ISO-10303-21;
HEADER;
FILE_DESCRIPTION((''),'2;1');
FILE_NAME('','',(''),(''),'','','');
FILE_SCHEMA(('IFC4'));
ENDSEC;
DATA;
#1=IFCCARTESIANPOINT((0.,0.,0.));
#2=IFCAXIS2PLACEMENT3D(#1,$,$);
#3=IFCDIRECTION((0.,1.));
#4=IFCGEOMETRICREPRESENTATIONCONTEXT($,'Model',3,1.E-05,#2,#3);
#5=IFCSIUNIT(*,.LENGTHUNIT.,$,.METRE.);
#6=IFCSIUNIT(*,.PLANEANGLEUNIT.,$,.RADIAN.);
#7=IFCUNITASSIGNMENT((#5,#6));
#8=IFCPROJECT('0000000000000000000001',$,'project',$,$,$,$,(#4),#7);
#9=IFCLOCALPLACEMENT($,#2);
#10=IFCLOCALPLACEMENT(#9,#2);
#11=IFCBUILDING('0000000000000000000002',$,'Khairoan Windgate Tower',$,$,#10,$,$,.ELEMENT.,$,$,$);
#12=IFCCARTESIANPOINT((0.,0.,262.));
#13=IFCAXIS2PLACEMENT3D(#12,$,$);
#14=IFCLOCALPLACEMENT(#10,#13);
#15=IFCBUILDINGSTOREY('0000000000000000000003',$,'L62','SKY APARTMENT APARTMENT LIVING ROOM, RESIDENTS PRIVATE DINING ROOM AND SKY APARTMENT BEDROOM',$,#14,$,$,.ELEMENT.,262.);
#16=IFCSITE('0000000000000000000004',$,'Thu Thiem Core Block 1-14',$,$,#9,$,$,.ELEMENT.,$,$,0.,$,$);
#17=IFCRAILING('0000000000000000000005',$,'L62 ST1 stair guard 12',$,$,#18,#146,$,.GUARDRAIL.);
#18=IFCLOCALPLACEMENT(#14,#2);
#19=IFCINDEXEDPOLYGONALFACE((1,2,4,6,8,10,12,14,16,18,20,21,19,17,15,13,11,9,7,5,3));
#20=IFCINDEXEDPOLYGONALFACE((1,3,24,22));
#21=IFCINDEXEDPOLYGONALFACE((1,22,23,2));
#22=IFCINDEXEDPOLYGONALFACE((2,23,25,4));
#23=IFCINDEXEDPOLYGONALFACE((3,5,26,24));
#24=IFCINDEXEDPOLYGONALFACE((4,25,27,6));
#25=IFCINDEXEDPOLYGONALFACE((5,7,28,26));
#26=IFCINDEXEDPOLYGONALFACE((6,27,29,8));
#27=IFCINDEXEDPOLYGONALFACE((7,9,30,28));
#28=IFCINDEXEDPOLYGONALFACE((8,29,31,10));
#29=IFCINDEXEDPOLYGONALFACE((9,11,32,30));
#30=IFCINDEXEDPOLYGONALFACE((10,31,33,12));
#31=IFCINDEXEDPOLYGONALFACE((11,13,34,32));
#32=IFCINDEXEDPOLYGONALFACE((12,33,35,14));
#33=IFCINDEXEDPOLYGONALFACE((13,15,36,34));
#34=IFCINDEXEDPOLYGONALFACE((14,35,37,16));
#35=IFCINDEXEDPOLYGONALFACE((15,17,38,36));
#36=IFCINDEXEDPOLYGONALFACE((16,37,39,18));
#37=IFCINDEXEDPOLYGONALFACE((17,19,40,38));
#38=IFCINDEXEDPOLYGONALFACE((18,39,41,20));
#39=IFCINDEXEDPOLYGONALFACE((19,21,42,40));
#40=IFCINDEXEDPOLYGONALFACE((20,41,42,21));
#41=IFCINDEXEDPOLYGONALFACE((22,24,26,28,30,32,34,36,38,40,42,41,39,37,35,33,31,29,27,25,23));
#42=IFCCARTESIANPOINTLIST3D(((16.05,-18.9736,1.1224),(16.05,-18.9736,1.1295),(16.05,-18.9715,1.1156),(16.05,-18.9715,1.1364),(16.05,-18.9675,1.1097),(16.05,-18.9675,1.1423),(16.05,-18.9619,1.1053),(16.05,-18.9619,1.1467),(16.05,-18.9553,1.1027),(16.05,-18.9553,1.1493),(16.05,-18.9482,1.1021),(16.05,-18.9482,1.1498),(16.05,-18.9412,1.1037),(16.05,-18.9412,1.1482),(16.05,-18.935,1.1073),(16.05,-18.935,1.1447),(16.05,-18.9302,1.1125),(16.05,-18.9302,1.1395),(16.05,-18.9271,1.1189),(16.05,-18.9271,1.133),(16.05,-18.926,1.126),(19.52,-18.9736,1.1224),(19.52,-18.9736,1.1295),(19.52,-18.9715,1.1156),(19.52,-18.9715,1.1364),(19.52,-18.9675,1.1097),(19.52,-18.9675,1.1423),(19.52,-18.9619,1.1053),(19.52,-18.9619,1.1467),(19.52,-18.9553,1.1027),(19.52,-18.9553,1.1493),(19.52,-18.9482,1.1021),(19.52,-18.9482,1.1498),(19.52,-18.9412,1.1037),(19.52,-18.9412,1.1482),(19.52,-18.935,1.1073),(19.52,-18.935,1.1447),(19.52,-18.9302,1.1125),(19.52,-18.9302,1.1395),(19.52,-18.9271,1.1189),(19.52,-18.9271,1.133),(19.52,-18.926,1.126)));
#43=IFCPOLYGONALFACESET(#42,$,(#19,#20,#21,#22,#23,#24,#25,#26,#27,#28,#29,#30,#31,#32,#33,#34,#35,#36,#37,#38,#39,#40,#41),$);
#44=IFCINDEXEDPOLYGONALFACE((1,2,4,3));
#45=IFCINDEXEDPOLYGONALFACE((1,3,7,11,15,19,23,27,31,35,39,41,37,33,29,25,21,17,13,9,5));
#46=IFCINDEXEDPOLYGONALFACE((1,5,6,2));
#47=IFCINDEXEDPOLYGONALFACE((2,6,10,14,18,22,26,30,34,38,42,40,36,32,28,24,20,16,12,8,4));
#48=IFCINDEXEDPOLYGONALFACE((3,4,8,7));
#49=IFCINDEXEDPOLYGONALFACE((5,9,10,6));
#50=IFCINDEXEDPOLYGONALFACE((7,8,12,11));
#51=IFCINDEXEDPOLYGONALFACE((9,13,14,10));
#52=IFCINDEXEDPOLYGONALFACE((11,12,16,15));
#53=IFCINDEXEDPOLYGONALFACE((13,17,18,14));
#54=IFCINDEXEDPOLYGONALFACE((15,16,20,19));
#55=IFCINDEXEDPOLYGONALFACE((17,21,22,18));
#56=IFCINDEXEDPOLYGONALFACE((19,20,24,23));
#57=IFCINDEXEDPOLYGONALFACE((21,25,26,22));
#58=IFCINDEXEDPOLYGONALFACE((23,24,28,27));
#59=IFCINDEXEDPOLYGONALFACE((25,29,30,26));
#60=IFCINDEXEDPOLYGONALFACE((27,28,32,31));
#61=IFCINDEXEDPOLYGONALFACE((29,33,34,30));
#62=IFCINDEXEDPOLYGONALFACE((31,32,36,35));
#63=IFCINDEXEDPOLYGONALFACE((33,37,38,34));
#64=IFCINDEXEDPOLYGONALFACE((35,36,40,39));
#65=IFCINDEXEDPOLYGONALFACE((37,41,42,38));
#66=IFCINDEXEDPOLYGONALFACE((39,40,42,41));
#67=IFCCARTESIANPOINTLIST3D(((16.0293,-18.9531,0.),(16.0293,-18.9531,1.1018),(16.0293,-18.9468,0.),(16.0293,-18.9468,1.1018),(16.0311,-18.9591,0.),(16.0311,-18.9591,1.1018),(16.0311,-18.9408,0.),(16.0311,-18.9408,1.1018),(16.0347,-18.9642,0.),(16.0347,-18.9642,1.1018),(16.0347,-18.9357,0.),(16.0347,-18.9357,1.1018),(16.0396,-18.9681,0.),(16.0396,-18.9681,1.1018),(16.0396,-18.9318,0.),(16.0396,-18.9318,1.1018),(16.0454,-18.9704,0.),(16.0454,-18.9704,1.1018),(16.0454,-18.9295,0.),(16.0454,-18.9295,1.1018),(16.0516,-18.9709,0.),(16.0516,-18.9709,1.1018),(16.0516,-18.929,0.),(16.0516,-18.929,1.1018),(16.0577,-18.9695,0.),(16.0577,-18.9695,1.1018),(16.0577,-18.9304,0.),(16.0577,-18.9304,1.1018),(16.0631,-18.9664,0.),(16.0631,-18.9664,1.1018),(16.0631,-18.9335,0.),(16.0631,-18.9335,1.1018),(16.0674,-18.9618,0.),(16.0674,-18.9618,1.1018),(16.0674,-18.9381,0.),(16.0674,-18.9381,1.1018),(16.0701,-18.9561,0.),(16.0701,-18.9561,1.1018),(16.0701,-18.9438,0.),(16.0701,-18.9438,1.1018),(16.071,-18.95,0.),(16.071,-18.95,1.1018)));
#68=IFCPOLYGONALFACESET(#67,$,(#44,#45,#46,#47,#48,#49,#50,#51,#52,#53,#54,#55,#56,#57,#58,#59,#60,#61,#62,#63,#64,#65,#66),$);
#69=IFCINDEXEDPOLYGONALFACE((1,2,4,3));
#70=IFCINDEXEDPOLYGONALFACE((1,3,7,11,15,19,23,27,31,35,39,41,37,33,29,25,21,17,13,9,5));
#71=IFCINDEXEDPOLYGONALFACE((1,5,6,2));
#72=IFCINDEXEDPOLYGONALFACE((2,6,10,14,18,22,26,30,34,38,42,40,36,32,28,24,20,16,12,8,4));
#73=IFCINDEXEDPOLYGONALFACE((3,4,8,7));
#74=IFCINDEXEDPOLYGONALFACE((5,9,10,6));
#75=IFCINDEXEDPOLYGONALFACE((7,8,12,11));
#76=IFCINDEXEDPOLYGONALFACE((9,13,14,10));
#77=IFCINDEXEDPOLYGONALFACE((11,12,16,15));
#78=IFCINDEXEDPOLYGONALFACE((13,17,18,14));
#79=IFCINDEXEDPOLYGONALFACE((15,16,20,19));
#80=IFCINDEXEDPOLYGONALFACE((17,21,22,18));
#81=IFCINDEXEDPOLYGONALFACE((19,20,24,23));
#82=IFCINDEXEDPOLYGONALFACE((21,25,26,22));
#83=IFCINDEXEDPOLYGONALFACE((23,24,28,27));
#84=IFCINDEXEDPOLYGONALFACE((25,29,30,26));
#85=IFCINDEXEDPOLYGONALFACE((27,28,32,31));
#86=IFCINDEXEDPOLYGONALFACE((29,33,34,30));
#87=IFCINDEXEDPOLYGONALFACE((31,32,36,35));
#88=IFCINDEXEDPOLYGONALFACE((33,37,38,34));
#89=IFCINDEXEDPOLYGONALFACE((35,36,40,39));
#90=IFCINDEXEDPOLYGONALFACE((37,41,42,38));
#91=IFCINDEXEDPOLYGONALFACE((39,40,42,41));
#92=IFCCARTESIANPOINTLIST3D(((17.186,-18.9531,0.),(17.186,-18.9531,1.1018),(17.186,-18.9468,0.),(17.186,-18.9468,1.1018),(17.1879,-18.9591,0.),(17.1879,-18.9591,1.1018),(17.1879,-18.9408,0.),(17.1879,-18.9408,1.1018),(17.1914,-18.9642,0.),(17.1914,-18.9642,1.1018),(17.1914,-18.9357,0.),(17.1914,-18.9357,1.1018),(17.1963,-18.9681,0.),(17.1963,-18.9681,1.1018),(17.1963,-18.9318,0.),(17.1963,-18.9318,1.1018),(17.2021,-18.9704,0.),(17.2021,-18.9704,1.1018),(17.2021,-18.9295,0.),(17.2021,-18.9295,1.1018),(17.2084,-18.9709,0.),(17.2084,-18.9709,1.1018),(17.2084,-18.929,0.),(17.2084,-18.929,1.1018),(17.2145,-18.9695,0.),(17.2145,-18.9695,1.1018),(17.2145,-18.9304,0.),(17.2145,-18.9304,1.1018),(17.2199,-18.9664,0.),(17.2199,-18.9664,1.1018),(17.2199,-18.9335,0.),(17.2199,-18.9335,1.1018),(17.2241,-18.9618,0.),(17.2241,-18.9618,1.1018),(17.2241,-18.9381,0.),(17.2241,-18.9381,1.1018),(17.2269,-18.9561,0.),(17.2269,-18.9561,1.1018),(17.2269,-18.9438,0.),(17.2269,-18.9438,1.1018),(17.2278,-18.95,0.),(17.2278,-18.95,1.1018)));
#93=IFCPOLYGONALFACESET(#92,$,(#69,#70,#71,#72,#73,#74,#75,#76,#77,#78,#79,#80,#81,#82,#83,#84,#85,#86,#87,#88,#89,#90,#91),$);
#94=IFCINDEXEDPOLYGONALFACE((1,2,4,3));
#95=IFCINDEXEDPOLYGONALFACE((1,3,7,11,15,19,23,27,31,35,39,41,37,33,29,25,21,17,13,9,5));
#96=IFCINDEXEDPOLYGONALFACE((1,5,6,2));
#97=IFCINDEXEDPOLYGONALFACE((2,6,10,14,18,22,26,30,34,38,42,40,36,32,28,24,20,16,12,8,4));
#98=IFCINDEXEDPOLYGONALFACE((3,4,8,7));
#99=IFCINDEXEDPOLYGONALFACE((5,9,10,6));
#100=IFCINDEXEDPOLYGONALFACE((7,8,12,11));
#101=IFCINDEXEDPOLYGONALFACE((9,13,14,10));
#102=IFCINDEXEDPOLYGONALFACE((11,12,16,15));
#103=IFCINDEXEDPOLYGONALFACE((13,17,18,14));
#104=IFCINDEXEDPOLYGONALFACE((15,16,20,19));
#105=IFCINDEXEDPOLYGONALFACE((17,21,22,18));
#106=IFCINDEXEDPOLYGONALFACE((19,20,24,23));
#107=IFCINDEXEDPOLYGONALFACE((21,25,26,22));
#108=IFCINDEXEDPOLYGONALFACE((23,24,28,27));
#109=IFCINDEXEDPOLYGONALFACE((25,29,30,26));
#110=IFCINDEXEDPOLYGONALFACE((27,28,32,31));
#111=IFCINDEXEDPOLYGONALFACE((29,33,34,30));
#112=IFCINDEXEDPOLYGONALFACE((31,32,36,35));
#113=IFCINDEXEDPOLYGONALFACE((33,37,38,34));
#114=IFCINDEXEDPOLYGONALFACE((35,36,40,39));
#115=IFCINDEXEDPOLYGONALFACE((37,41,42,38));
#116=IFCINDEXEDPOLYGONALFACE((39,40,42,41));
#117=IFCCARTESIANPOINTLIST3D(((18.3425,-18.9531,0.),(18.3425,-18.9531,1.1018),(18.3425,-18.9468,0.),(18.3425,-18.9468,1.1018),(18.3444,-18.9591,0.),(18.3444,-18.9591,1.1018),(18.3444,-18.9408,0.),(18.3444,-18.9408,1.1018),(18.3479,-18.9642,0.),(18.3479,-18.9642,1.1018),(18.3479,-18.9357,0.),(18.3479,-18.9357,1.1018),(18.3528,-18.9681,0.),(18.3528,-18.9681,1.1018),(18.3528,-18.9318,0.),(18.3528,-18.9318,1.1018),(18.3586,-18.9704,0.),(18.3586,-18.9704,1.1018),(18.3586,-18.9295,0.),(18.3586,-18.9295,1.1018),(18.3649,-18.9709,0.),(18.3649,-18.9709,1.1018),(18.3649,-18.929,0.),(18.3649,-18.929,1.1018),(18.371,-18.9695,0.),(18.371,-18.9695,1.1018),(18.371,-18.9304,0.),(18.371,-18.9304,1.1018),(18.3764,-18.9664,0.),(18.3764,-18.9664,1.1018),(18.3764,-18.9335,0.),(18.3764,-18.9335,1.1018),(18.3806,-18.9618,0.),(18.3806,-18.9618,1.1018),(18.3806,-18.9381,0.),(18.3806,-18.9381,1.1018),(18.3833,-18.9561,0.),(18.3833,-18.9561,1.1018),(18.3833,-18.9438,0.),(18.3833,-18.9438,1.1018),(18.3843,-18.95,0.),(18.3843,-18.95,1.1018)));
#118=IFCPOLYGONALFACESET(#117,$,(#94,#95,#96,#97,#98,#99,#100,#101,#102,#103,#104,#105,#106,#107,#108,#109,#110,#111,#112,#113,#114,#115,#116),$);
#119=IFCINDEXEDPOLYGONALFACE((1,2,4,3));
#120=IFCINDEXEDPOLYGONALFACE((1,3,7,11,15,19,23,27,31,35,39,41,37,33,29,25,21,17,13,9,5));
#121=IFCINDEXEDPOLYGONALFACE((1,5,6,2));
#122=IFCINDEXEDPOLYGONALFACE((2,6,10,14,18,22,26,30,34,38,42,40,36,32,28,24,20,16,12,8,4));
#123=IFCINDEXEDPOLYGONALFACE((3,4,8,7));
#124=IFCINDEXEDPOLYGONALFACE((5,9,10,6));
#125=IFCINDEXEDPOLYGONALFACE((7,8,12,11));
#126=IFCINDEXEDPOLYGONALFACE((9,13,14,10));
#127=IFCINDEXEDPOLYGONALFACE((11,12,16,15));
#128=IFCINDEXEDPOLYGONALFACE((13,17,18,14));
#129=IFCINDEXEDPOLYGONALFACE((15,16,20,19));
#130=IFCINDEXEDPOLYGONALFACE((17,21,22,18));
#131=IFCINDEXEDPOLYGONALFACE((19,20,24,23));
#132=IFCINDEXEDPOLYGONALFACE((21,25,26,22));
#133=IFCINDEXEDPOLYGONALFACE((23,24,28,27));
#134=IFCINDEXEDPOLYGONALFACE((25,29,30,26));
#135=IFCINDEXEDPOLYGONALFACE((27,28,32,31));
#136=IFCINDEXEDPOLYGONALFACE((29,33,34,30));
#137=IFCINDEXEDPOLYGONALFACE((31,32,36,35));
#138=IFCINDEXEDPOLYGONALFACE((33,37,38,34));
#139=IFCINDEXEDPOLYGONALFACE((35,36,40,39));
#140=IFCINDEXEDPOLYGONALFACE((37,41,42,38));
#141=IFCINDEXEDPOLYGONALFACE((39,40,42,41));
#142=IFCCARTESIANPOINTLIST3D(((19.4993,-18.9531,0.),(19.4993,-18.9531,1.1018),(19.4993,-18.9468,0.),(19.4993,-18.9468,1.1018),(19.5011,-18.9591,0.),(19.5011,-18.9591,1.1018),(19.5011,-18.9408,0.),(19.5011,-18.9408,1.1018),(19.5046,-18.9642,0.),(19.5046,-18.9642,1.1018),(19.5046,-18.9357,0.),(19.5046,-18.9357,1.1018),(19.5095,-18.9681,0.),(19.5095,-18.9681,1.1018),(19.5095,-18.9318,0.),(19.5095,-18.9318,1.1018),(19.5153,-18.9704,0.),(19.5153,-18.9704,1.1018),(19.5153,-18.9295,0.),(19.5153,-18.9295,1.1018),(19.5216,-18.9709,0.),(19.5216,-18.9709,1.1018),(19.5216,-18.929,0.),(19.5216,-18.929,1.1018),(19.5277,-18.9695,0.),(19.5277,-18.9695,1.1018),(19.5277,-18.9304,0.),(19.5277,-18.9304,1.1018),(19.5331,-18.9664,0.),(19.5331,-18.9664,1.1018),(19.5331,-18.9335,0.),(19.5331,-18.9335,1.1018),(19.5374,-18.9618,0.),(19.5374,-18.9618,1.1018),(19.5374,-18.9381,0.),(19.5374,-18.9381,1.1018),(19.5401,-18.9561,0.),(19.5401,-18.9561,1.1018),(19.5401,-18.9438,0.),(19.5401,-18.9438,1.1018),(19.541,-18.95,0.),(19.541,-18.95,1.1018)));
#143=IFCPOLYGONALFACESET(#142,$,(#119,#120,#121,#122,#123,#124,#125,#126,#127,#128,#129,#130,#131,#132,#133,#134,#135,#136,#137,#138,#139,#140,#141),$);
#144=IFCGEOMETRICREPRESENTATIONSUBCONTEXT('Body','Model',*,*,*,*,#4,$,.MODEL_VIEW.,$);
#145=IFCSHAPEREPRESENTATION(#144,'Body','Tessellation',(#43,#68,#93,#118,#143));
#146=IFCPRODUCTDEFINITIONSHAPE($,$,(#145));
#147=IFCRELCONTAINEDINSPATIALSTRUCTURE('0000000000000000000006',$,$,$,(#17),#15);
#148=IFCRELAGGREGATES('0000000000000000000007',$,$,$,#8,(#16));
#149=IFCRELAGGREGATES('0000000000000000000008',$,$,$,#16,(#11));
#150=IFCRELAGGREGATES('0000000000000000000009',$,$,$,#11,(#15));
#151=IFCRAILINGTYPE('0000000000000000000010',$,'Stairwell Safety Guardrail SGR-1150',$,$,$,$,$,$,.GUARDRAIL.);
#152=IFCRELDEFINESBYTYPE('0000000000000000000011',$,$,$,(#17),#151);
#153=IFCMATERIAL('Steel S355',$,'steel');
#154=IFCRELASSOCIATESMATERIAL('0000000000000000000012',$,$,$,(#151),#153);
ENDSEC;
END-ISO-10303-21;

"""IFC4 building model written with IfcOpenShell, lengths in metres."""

from ifc_helpers import new_model, si_unit, direction, frame, origin, origin_2d, place, context, subcontext, project, spatial, circle, extrude, material, type_object, element, save


model = new_model("IFC4")

# Units and contexts
model_context = context("Model", 3, precision=1e-05, world=origin(), true_north=direction((0.0, 1.0)))
body_context = subcontext(model_context, "Body", "Model", "MODEL_VIEW")
ifc_project = project(units=[si_unit("LENGTHUNIT", "METRE"), si_unit("PLANEANGLEUNIT", "RADIAN")], contexts=[model_context])

# Site, building, storey
site_placement = place(None, origin())
site = spatial("IfcSite", under=ifc_project, at=site_placement, Name="Thu Thiem Core Block 1-14", CompositionType="ELEMENT", RefElevation=0.0)
building_placement = place(site_placement, origin())
building = spatial("IfcBuilding", under=site, at=building_placement, Name="Khairoan Windgate Tower", CompositionType="ELEMENT")
storey_placement = place(building_placement, frame((0.0, 0.0, 262.0)))
storey = spatial("IfcBuildingStorey", under=building, at=storey_placement, Name="L62", Description="SKY APARTMENT APARTMENT LIVING ROOM, RESIDENTS PRIVATE DINING ROOM AND SKY APARTMENT BEDROOM", CompositionType="ELEMENT", Elevation=262.0)

# Railing
ifc_material_1 = material(Name="Steel S355", Category="steel")
railing_type = type_object("IfcRailingType", Name="Stairwell Safety Guardrail SGR-1150", PredefinedType="GUARDRAIL", material=ifc_material_1)
railing_1_placement = place(storey_placement, frame((16.05, -18.95, 0.0)))
element("IfcRailing", 1, at=railing_1_placement, inside=storey, type_object=railing_type, Name="L62 ST1 stair guard 12", PredefinedType="GUARDRAIL", context=body_context, shape_type="SweptSolid", body=[
    extrude(circle(Radius=0.0239, at=origin_2d()), frame((0.0, 0.0, 1.126), z_axis=(1.0, 0.0, 0.0), x_axis=(0.0, 1.0, 0.0)), (0.0, 0.0, 1.0), 3.47),
    extrude(circle(Radius=0.021, at=origin_2d()), origin(), (0.0, 0.0, 1.0), 1.1018),
    extrude(circle(Radius=0.021, at=origin_2d()), frame((1.1567, 0.0, 0.0)), (0.0, 0.0, 1.0), 1.1018),
    extrude(circle(Radius=0.021, at=origin_2d()), frame((2.3132, 0.0, 0.0)), (0.0, 0.0, 1.0), 1.1018),
    extrude(circle(Radius=0.021, at=origin_2d()), frame((3.47, 0.0, 0.0)), (0.0, 0.0, 1.0), 1.1018),
])

save(model, "model.ifc")
